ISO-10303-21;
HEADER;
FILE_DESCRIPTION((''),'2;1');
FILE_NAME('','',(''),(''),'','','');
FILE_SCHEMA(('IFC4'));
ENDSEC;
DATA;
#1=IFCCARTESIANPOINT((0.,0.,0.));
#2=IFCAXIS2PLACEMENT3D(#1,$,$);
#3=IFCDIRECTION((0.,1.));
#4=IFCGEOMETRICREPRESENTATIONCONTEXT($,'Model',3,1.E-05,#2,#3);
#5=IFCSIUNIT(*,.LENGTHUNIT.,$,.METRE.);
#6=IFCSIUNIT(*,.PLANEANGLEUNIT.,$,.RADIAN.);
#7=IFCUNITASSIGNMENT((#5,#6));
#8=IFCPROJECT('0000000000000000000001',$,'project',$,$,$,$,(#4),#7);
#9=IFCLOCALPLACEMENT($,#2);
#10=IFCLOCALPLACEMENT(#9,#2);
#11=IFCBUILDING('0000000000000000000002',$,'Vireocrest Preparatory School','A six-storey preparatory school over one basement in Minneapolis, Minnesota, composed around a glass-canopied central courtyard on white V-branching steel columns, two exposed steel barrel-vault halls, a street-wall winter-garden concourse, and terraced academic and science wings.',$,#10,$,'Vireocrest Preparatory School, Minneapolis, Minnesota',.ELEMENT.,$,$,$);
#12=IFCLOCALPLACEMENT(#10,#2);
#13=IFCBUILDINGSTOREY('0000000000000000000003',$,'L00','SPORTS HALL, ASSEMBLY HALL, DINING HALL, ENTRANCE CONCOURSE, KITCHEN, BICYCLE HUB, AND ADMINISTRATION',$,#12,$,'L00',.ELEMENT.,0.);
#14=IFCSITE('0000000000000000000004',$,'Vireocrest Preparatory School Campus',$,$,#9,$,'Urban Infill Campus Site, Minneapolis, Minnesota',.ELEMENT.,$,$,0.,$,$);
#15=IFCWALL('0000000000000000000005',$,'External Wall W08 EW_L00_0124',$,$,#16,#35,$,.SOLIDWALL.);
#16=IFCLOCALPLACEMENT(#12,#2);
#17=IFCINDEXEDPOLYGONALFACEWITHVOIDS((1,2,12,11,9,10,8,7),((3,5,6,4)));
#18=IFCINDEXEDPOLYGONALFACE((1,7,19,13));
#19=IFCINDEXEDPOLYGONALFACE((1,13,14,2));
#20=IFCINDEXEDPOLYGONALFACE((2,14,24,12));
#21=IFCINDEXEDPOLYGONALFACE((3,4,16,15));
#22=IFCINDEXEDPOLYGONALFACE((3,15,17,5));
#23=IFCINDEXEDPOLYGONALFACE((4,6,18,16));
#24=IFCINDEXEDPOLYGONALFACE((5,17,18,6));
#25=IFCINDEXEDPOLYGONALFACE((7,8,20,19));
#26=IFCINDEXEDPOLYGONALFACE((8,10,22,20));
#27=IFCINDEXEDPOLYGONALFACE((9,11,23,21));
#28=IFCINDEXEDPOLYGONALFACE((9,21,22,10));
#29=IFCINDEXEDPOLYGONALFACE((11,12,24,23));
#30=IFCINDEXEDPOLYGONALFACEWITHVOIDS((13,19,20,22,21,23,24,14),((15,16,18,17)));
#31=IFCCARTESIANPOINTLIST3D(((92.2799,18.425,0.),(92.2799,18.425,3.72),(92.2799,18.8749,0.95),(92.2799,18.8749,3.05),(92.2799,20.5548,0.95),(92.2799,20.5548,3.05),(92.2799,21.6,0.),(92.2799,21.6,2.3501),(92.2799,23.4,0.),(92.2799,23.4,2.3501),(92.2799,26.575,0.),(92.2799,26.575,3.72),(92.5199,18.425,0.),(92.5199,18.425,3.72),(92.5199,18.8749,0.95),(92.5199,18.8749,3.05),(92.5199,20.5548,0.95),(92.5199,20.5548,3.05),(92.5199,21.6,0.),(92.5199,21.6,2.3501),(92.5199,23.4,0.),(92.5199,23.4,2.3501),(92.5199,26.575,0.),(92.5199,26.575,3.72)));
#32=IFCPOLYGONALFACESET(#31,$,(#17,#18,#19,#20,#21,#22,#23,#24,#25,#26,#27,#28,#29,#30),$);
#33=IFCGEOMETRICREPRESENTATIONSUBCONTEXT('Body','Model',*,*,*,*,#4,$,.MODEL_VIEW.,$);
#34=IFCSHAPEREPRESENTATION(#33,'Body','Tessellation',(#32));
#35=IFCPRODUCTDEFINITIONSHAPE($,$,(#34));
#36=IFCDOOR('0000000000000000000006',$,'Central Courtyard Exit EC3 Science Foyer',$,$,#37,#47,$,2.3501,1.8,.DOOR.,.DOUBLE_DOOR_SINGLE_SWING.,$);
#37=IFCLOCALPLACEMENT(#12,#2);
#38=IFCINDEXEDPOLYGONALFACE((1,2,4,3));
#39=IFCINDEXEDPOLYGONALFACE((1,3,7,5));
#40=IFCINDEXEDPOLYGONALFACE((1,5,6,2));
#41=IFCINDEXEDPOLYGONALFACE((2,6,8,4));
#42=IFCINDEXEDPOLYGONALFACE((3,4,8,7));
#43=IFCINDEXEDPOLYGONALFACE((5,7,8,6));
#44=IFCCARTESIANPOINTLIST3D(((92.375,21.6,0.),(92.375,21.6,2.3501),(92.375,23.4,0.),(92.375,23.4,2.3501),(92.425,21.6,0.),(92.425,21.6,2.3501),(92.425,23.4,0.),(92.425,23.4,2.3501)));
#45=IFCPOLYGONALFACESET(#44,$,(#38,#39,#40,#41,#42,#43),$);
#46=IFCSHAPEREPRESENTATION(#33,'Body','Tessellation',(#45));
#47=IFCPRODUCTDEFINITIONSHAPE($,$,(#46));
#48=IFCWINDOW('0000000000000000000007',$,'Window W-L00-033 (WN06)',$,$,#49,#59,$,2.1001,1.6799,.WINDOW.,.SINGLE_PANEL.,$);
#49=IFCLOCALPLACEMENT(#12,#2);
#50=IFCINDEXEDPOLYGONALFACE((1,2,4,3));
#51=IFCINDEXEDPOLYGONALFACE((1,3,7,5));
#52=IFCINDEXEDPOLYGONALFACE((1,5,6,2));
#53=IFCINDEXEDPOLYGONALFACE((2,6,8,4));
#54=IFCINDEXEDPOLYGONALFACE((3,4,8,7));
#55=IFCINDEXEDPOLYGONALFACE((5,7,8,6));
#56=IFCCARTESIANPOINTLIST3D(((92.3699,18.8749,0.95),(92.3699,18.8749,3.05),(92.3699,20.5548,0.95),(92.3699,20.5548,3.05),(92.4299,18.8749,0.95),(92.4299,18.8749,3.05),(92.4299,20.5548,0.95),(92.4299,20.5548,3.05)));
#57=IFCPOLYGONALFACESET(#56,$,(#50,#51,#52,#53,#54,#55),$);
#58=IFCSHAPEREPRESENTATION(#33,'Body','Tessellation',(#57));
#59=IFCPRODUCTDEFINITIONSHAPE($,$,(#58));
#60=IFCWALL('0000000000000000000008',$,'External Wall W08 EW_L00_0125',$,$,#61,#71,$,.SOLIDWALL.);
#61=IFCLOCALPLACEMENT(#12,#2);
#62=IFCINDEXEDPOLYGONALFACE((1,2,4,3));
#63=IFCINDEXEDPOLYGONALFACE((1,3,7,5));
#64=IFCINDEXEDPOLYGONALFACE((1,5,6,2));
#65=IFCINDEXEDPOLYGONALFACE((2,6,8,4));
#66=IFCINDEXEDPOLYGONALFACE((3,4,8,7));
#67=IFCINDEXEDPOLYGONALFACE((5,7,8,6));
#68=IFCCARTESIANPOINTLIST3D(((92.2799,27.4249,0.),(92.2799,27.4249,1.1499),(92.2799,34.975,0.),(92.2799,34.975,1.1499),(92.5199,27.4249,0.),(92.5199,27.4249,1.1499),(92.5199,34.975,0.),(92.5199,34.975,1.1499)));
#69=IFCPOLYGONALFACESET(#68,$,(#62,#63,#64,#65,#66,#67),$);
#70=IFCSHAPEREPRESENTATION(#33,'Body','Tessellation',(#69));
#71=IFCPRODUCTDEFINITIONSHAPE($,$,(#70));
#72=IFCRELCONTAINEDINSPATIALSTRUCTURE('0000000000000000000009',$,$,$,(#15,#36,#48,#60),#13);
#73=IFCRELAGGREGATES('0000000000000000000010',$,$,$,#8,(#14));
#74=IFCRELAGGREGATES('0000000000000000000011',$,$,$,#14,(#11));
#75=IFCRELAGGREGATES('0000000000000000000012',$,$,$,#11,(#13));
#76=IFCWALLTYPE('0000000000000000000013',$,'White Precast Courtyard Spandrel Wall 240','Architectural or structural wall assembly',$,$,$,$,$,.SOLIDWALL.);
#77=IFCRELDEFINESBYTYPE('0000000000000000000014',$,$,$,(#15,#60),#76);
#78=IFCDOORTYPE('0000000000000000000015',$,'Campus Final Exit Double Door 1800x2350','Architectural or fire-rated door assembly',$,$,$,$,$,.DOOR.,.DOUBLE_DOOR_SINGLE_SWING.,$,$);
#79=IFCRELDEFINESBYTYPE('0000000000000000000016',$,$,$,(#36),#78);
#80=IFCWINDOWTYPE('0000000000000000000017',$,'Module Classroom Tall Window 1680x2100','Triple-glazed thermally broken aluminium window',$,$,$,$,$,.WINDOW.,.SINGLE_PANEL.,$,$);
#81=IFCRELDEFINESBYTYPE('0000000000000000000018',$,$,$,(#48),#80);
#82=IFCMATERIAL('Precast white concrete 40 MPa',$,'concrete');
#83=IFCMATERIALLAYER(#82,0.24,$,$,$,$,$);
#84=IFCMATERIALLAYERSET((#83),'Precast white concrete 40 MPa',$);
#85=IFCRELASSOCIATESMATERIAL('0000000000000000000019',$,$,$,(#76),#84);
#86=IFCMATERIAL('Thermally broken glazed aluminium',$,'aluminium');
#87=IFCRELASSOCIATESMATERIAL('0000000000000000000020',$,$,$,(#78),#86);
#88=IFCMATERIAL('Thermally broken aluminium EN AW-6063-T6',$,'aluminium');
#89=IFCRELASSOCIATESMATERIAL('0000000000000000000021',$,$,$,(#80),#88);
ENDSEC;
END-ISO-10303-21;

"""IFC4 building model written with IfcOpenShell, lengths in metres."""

from ifc_helpers import new_model, si_unit, direction, frame, frame_2d, origin, place, context, subcontext, project, spatial, rectangle, extrude, material, layer, layer_set, type_object, element, fill, save


model = new_model("IFC4")

# Units and contexts
model_context = context("Model", 3, precision=1e-05, world=origin(), true_north=direction((0.0, 1.0)))
body_context = subcontext(model_context, "Body", "Model", "MODEL_VIEW")
ifc_project = project(units=[si_unit("LENGTHUNIT", "METRE"), si_unit("PLANEANGLEUNIT", "RADIAN")], contexts=[model_context])

# Site, building, storey
site_placement = place(None, origin())
site = spatial("IfcSite", under=ifc_project, at=site_placement, Name="Vireocrest Preparatory School Campus", LongName="Urban Infill Campus Site, Minneapolis, Minnesota", CompositionType="ELEMENT", RefElevation=0.0)
building_placement = place(site_placement, origin())
building = spatial("IfcBuilding", under=site, at=building_placement, Name="Vireocrest Preparatory School", Description="A six-storey preparatory school over one basement in Minneapolis, Minnesota, composed around a glass-canopied central courtyard on white V-branching steel columns, two exposed steel barrel-vault halls, a street-wall winter-garden concourse, and terraced academic and science wings.", LongName="Vireocrest Preparatory School, Minneapolis, Minnesota", CompositionType="ELEMENT")
storey_placement = place(building_placement, origin())
storey = spatial("IfcBuildingStorey", under=building, at=storey_placement, Name="L00", Description="SPORTS HALL, ASSEMBLY HALL, DINING HALL, ENTRANCE CONCOURSE, KITCHEN, BICYCLE HUB, AND ADMINISTRATION", LongName="L00", CompositionType="ELEMENT", Elevation=0.0)

# Shared definitions
ifc_material_1 = material(Name="Thermally broken aluminium EN AW-6063-T6", Category="aluminium")

# Wall, openings, door, window
ifc_material_2 = material(Name="Precast white concrete 40 MPa", Category="concrete")
ifc_layer_1 = layer(ifc_material_2, 0.24)
ifc_layer_set_1 = layer_set([ifc_layer_1], Name="Precast white concrete 40 MPa")
wall_type_1 = type_object("IfcWallType", Name="White Precast Courtyard Spandrel Wall 240", Description="Architectural or structural wall assembly", PredefinedType="SOLIDWALL", material=ifc_layer_set_1)
wall_1_placement = place(storey_placement, frame((92.3999, 18.425, 0.0), z_axis=(0.0, 0.0, 1.0), x_axis=(0.0, 1.0, 0.0)))
wall_1 = element("IfcWall", 1, at=wall_1_placement, inside=storey, type_object=wall_type_1, Name="External Wall W08 EW_L00_0124", PredefinedType="SOLIDWALL", context=body_context, shape_type="SweptSolid", body=[
    extrude(rectangle(XDim=8.1499, YDim=0.24, at=frame_2d((4.075, 0.0))), origin(), (0.0, 0.0, 1.0), 3.72),
])
opening_1_placement = place(wall_1_placement, frame((3.175, 0.0, 0.0)))
opening_1 = element("IfcOpeningElement", 2, at=opening_1_placement, cuts=wall_1, PredefinedType="OPENING", context=body_context, shape_type="SweptSolid", body=[
    extrude(rectangle(XDim=1.8, YDim=2.3501, at=frame_2d((0.8999, 1.175))), frame((0.0, 0.1299, 0.0), z_axis=(0.0, -1.0, 0.0), x_axis=(1.0, 0.0, 0.0)), (0.0, 0.0, 1.0), 0.26),
])
opening_2_placement = place(wall_1_placement, frame((0.45, 0.0, 0.95)))
opening_2 = element("IfcOpeningElement", 3, at=opening_2_placement, cuts=wall_1, PredefinedType="OPENING", context=body_context, shape_type="SweptSolid", body=[
    extrude(rectangle(XDim=1.6799, YDim=2.1001, at=frame_2d((0.8398, 1.05))), frame((0.0, 0.1299, 0.0), z_axis=(0.0, -1.0, 0.0), x_axis=(1.0, 0.0, 0.0)), (0.0, 0.0, 1.0), 0.26),
])
ifc_material_3 = material(Name="Thermally broken glazed aluminium", Category="aluminium")
door_type_1 = type_object("IfcDoorType", Name="Campus Final Exit Double Door 1800x2350", Description="Architectural or fire-rated door assembly", OperationType="DOUBLE_DOOR_SINGLE_SWING", PredefinedType="DOOR", material=ifc_material_3)
door_1_placement = place(opening_1_placement, origin())
door_1 = element("IfcDoor", 4, at=door_1_placement, inside=storey, type_object=door_type_1, Name="Central Courtyard Exit EC3 Science Foyer", OperationType="DOUBLE_DOOR_SINGLE_SWING", OverallHeight=2.3501, OverallWidth=1.8, PredefinedType="DOOR", context=body_context, shape_type="SweptSolid", body=[
    extrude(rectangle(XDim=1.8, YDim=2.3501, at=frame_2d((0.8999, 1.175))), frame((0.0, 0.0249, 0.0), z_axis=(0.0, -1.0, 0.0), x_axis=(1.0, 0.0, 0.0)), (0.0, 0.0, 1.0), 0.05),
])
fill(opening_1, door_1)
window_type = type_object("IfcWindowType", Name="Module Classroom Tall Window 1680x2100", Description="Triple-glazed thermally broken aluminium window", PartitioningType="SINGLE_PANEL", PredefinedType="WINDOW", material=ifc_material_1)
window_placement = place(opening_2_placement, origin())
window = element("IfcWindow", 5, at=window_placement, inside=storey, type_object=window_type, Name="Window W-L00-033 (WN06)", OverallHeight=2.1001, OverallWidth=1.6799, PartitioningType="SINGLE_PANEL", PredefinedType="WINDOW", context=body_context, shape_type="SweptSolid", body=[
    extrude(rectangle(XDim=1.6799, YDim=2.1001, at=frame_2d((0.8398, 1.05))), frame((0.0, 0.03, 0.0), z_axis=(0.0, -1.0, 0.0), x_axis=(1.0, 0.0, 0.0)), (0.0, 0.0, 1.0), 0.0601),
])
fill(opening_2, window)

# Wall
wall_2_placement = place(storey_placement, frame((92.3999, 27.425, 0.0), z_axis=(0.0, 0.0, 1.0), x_axis=(0.0, 1.0, 0.0)))
element("IfcWall", 6, at=wall_2_placement, inside=storey, type_object=wall_type_1, Name="External Wall W08 EW_L00_0125", PredefinedType="SOLIDWALL", context=body_context, shape_type="SweptSolid", body=[
    extrude(rectangle(XDim=7.55, YDim=0.24, at=frame_2d((3.7749, 0.0))), origin(), (0.0, 0.0, 1.0), 1.1499),
])

save(model, "model.ifc")
